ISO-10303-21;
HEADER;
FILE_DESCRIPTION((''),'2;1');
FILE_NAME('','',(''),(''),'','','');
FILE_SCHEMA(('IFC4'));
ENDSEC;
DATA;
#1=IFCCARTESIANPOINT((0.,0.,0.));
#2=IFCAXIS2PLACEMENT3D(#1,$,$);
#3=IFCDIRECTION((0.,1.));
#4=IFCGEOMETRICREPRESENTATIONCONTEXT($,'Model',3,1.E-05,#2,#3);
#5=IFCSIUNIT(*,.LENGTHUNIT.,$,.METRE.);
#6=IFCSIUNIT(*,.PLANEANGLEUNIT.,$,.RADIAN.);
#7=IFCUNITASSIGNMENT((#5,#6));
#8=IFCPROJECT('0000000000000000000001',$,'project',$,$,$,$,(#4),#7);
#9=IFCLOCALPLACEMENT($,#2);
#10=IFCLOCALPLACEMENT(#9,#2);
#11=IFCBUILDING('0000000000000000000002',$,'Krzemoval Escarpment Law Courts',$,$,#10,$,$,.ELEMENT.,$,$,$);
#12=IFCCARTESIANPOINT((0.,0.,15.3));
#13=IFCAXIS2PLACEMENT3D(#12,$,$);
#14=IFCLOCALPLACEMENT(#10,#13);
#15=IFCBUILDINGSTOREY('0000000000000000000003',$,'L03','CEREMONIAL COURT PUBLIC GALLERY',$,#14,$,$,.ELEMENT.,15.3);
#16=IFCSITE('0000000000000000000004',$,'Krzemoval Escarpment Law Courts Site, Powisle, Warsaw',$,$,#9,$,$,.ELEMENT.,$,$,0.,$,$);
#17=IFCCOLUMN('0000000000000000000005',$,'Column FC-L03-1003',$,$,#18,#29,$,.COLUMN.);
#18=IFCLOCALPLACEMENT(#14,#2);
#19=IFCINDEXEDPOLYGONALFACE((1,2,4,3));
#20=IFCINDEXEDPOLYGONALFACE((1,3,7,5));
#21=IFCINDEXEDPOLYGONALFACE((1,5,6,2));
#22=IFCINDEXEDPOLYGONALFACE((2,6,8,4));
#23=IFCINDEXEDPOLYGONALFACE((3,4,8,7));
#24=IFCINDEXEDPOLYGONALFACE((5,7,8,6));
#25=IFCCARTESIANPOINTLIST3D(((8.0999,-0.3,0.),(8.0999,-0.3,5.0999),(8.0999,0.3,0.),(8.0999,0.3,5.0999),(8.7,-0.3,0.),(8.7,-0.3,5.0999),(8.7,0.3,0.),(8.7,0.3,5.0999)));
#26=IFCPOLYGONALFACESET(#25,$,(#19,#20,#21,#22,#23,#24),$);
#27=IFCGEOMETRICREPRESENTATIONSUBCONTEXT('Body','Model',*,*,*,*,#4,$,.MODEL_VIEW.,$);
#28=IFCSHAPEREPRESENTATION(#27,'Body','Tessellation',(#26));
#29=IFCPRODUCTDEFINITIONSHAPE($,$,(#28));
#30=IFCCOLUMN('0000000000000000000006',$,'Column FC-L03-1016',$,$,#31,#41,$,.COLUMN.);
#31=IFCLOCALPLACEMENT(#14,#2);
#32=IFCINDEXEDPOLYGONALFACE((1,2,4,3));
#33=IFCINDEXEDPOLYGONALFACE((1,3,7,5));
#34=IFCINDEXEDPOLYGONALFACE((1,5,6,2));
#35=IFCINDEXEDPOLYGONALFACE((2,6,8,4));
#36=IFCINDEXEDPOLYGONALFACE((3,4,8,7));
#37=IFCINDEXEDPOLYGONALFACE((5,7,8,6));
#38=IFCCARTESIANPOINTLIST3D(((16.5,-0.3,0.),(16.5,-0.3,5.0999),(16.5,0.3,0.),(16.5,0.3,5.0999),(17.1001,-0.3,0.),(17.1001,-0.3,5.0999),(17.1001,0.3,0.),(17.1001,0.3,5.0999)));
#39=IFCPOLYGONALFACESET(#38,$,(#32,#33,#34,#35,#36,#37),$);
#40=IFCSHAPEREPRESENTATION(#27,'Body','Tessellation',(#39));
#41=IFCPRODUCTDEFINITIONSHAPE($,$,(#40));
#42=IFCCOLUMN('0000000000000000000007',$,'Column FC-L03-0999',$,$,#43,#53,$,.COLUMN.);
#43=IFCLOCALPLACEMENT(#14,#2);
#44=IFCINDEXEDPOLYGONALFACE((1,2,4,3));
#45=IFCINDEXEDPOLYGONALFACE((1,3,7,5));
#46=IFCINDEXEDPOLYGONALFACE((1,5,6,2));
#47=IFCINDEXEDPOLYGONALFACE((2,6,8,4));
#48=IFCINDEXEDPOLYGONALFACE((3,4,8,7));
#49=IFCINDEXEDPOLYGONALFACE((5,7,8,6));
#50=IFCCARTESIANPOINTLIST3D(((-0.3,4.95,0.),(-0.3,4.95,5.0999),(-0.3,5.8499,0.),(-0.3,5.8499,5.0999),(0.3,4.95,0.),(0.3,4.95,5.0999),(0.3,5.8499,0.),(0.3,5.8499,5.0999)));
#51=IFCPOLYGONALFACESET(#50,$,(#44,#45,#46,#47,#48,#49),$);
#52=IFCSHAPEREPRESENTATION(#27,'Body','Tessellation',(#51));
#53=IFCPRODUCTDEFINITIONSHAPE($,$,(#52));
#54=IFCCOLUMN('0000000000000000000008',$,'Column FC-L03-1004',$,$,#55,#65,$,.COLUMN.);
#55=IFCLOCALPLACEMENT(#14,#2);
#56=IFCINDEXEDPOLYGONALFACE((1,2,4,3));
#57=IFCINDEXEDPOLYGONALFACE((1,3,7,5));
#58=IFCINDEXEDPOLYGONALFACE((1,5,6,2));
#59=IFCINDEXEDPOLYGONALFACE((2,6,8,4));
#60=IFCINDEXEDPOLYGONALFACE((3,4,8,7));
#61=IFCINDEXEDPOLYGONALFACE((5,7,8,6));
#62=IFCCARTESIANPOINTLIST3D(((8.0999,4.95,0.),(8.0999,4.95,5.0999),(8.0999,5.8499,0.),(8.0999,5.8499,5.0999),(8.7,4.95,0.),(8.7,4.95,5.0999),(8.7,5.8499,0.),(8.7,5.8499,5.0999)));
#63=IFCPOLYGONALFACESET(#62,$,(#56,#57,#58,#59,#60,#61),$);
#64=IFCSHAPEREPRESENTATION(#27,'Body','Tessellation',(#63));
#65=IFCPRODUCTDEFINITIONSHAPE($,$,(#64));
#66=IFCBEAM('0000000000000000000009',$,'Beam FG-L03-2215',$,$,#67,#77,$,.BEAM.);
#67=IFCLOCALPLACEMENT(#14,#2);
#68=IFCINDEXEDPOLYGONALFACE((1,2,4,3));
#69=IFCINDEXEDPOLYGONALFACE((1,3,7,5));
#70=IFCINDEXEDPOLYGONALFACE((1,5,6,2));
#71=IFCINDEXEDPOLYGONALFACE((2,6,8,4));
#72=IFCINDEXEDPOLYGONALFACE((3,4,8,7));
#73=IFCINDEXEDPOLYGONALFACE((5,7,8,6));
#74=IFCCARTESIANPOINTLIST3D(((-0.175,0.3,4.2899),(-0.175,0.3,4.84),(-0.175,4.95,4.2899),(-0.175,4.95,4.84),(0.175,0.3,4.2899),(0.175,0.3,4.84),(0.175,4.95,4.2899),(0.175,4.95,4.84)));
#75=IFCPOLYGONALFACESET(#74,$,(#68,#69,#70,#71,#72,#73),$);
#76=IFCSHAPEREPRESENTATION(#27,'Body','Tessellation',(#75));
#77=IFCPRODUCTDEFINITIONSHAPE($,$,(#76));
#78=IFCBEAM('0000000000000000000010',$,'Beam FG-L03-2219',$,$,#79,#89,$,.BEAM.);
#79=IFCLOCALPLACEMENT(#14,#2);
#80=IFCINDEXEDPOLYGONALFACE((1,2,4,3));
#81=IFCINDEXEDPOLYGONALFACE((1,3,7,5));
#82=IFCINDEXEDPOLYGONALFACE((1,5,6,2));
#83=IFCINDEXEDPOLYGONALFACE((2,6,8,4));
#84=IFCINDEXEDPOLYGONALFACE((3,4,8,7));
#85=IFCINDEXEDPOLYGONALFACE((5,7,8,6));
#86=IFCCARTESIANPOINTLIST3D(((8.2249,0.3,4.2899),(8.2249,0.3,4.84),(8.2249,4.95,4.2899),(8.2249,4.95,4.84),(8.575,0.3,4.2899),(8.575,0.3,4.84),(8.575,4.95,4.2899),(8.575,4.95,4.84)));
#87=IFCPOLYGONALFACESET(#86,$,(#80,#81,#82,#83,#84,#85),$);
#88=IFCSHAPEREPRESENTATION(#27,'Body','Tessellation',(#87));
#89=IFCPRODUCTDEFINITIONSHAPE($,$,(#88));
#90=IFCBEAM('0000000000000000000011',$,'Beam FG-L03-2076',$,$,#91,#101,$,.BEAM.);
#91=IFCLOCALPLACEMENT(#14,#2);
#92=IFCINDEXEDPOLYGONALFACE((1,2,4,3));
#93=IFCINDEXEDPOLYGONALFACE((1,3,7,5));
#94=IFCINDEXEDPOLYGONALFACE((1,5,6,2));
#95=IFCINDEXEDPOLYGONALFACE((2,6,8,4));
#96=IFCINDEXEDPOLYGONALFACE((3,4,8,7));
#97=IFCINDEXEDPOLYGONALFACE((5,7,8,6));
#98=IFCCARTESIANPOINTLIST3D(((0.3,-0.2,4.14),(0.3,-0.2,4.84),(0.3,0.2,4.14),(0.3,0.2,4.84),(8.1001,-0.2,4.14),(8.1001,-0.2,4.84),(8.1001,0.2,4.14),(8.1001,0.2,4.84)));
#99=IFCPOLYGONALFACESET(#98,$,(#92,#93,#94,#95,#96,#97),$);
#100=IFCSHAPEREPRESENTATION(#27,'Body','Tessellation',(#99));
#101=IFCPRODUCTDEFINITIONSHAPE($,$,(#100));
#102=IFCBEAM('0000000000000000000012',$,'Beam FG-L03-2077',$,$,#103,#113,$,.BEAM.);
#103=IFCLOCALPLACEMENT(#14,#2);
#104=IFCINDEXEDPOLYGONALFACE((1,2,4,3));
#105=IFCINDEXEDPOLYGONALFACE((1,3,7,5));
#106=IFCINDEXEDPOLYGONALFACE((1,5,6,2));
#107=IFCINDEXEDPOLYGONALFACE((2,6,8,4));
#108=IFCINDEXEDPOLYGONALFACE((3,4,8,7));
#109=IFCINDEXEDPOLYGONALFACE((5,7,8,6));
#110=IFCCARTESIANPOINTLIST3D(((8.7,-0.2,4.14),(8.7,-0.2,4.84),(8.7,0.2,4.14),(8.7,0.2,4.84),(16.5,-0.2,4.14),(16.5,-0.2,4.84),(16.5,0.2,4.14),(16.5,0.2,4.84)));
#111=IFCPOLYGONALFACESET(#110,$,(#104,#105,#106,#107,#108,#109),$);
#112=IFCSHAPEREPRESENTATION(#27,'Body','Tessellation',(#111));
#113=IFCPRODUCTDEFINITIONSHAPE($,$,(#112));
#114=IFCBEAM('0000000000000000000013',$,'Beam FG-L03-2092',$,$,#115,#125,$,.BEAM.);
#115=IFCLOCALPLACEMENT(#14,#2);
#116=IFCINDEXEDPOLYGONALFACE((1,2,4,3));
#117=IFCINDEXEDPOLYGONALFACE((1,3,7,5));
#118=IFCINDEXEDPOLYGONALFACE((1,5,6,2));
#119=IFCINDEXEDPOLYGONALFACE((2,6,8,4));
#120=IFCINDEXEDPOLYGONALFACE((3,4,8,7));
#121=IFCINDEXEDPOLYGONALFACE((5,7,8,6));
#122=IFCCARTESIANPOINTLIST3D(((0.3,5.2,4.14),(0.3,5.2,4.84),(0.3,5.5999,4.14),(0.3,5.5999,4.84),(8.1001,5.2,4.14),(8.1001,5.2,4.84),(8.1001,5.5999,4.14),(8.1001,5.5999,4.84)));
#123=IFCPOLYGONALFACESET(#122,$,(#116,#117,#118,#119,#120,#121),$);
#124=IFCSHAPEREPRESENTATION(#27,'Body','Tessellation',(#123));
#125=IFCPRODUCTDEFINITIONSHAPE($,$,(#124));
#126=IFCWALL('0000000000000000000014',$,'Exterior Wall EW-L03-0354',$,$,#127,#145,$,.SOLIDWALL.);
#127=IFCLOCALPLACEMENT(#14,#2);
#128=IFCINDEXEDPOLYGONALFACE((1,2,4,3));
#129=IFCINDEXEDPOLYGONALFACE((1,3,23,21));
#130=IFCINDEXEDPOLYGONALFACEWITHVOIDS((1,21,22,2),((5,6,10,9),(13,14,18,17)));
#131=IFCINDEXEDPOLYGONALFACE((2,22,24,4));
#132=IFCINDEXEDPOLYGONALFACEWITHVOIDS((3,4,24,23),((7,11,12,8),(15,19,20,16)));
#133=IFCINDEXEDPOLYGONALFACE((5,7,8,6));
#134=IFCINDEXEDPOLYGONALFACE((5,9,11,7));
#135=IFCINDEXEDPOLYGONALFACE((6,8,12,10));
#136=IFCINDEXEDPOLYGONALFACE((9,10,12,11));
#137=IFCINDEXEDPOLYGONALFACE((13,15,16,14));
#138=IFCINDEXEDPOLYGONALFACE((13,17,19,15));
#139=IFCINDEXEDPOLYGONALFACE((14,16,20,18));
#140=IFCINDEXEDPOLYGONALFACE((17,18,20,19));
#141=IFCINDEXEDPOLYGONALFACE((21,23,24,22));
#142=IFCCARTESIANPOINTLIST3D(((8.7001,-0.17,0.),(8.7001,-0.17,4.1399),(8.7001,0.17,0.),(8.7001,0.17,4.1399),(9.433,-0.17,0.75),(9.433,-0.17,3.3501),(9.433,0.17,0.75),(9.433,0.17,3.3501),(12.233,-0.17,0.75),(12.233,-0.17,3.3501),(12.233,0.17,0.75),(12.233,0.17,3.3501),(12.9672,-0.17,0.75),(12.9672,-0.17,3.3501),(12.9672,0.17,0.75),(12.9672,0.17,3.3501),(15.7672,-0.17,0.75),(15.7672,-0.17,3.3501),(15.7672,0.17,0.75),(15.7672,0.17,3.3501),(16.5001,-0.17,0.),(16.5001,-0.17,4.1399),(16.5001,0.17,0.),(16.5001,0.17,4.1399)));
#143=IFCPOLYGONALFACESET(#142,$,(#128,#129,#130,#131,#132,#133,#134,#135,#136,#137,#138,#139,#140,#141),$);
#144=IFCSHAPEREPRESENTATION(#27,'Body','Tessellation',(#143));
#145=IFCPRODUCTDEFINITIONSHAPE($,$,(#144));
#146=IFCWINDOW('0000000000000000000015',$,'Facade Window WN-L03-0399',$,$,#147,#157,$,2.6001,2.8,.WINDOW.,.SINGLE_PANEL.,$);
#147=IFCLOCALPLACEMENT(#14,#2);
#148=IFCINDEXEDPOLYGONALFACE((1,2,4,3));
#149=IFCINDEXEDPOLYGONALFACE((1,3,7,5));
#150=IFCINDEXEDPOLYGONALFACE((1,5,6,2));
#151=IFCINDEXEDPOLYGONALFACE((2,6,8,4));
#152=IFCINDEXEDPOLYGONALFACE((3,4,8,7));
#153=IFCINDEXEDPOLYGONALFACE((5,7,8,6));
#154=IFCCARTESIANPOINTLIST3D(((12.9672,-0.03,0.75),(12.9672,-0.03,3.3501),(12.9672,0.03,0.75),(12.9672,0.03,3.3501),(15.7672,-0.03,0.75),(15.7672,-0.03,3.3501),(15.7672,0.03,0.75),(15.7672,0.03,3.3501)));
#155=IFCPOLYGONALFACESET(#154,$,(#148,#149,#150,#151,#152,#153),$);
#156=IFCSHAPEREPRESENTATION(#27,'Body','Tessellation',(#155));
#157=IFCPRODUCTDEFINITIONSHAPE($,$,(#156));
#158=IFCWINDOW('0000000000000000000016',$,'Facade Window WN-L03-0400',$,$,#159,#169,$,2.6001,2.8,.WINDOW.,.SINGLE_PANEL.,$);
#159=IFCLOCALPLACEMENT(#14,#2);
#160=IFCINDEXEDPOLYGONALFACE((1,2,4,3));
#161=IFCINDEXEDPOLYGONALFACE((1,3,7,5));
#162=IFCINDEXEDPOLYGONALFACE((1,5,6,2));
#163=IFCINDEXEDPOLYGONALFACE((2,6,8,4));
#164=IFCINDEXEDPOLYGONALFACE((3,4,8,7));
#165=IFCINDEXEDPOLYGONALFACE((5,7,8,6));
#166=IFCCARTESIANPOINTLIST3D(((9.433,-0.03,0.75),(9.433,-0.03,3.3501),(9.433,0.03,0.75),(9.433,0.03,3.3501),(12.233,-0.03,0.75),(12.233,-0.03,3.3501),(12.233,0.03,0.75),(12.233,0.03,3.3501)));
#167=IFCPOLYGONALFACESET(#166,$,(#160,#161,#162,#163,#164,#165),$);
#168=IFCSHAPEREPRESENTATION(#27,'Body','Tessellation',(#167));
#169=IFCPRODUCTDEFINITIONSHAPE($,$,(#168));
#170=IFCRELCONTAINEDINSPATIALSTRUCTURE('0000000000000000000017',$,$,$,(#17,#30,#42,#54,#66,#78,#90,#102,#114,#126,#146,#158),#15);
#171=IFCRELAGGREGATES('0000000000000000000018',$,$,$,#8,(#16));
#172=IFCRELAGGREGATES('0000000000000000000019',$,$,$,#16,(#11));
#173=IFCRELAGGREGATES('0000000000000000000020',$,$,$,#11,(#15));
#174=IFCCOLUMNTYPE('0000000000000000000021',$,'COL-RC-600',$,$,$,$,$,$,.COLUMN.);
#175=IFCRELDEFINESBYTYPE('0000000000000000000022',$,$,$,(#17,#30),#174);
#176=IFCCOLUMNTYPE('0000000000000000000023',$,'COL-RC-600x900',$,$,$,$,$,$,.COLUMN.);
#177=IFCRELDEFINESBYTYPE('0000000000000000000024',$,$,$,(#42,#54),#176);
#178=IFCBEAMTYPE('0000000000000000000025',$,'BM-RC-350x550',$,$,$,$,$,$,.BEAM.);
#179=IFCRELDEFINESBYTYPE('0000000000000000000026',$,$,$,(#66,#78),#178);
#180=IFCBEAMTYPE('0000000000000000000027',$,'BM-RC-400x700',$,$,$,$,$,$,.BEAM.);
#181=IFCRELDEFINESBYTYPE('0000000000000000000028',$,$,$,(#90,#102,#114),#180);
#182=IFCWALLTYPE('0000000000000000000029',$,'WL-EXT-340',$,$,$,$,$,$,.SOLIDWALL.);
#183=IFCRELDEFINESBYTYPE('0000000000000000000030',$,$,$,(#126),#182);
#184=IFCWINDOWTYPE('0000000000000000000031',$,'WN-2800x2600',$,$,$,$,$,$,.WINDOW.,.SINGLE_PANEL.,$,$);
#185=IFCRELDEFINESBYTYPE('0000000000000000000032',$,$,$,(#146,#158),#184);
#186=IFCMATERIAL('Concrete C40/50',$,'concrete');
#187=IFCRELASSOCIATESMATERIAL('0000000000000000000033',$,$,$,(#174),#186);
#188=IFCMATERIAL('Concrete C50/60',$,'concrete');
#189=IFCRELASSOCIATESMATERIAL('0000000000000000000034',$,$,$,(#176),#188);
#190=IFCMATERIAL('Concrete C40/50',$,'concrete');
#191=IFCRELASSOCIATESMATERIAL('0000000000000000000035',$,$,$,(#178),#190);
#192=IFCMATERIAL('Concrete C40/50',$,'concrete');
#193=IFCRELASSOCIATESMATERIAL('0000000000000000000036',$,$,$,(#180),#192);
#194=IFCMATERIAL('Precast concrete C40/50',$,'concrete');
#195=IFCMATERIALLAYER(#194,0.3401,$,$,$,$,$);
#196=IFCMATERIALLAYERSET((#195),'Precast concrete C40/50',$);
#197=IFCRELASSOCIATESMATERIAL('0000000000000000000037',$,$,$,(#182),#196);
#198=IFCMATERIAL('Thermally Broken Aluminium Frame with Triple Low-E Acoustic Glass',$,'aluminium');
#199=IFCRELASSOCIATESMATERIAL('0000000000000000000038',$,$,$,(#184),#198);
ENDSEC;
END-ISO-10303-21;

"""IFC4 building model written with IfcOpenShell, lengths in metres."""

from ifc_helpers import new_model, si_unit, direction, frame, frame_2d, origin, origin_2d, place, context, subcontext, project, spatial, rectangle, extrude, material, layer, layer_set, material_profile, profile_set, type_object, element, fill, save


model = new_model("IFC4")

# Units and contexts
model_context = context("Model", 3, precision=1e-05, world=origin(), true_north=direction((0.0, 1.0)))
body_context = subcontext(model_context, "Body", "Model", "MODEL_VIEW")
ifc_project = project(units=[si_unit("LENGTHUNIT", "METRE"), si_unit("PLANEANGLEUNIT", "RADIAN")], contexts=[model_context])

# Site, building, storey
site_placement = place(None, origin())
site = spatial("IfcSite", under=ifc_project, at=site_placement, Name="Krzemoval Escarpment Law Courts Site, Powisle, Warsaw", CompositionType="ELEMENT", RefElevation=0.0)
building_placement = place(site_placement, origin())
building = spatial("IfcBuilding", under=site, at=building_placement, Name="Krzemoval Escarpment Law Courts", CompositionType="ELEMENT")
storey_placement = place(building_placement, frame((0.0, 0.0, 15.3)))
storey = spatial("IfcBuildingStorey", under=building, at=storey_placement, Name="L03", Description="CEREMONIAL COURT PUBLIC GALLERY", CompositionType="ELEMENT", Elevation=15.3)

# Columns
ifc_material_1 = material(Name="Concrete C40/50", Category="concrete")
ifc_material_profile_1 = material_profile(ifc_material_1, rectangle(XDim=0.6001, YDim=0.6001, at=origin_2d()), Name="RC 600x600")
ifc_profile_set_1 = profile_set([ifc_material_profile_1], Name="Concrete C40/50")
column_type_1 = type_object("IfcColumnType", Name="COL-RC-600", PredefinedType="COLUMN", material=ifc_profile_set_1)
for number, where, z_axis, x_axis, name in (
    (1, (8.3999, 0.0, 0.0), (0.0, 0.0, 1.0), (1.0, 0.0, 0.0), "Column FC-L03-1003"),
    (2, (16.8, 0.0, 0.0), (0.0, 0.0, 1.0), (1.0, 0.0, 0.0), "Column FC-L03-1016"),
):
    element("IfcColumn", number, at=place(storey_placement, frame(where, z_axis=z_axis, x_axis=x_axis)), inside=storey, type_object=column_type_1, Name=name, PredefinedType="COLUMN", context=body_context, shape_type="SweptSolid", body=[
        extrude(rectangle(XDim=0.6001, YDim=0.6001, at=origin_2d()), origin(), (0.0, 0.0, 1.0), 5.0999),
    ])
ifc_material_2 = material(Name="Concrete C50/60", Category="concrete")
ifc_material_profile_2 = material_profile(ifc_material_2, rectangle(XDim=0.6001, YDim=0.8999, at=origin_2d()), Name="RC 600x900")
ifc_profile_set_2 = profile_set([ifc_material_profile_2], Name="Concrete C50/60")
column_type_2 = type_object("IfcColumnType", Name="COL-RC-600x900", PredefinedType="COLUMN", material=ifc_profile_set_2)
for number, where, z_axis, x_axis, name in (
    (3, (0.0, 5.3999, 0.0), (0.0, 0.0, 1.0), (1.0, 0.0, 0.0), "Column FC-L03-0999"),
    (4, (8.3999, 5.3999, 0.0), (0.0, 0.0, 1.0), (1.0, 0.0, 0.0), "Column FC-L03-1004"),
):
    element("IfcColumn", number, at=place(storey_placement, frame(where, z_axis=z_axis, x_axis=x_axis)), inside=storey, type_object=column_type_2, Name=name, PredefinedType="COLUMN", context=body_context, shape_type="SweptSolid", body=[
        extrude(rectangle(XDim=0.6001, YDim=0.8999, at=origin_2d()), origin(), (0.0, 0.0, 1.0), 5.0999),
    ])

# Beams
ifc_material_3 = material(Name="Concrete C40/50", Category="concrete")
ifc_material_profile_3 = material_profile(ifc_material_3, rectangle(XDim=0.3501, YDim=0.55, at=origin_2d()), Name="RCB 350x550")
ifc_profile_set_3 = profile_set([ifc_material_profile_3], Name="Concrete C40/50")
beam_type_1 = type_object("IfcBeamType", Name="BM-RC-350x550", PredefinedType="BEAM", material=ifc_profile_set_3)
for number, where, z_axis, x_axis, name in (
    (5, (0.0, 0.3, 4.5649), (0.0, 1.0, 0.0), (-1.0, 0.0, 0.0), "Beam FG-L03-2215"),
    (6, (8.3999, 0.3, 4.5649), (0.0, 1.0, 0.0), (-1.0, 0.0, 0.0), "Beam FG-L03-2219"),
):
    element("IfcBeam", number, at=place(storey_placement, frame(where, z_axis=z_axis, x_axis=x_axis)), inside=storey, type_object=beam_type_1, Name=name, PredefinedType="BEAM", context=body_context, shape_type="SweptSolid", body=[
        extrude(rectangle(XDim=0.3501, YDim=0.55, at=origin_2d()), origin(), (0.0, 0.0, 1.0), 4.6499),
    ])
ifc_material_4 = material(Name="Concrete C40/50", Category="concrete")
ifc_material_profile_4 = material_profile(ifc_material_4, rectangle(XDim=0.3999, YDim=0.7, at=origin_2d()), Name="RCB 400x700")
ifc_profile_set_4 = profile_set([ifc_material_profile_4], Name="Concrete C40/50")
beam_type_2 = type_object("IfcBeamType", Name="BM-RC-400x700", PredefinedType="BEAM", material=ifc_profile_set_4)
for number, where, z_axis, x_axis, name in (
    (7, (0.3, 0.0, 4.49), (1.0, 0.0, 0.0), (0.0, 1.0, 0.0), "Beam FG-L03-2076"),
    (8, (8.7, 0.0, 4.49), (1.0, 0.0, 0.0), (0.0, 1.0, 0.0), "Beam FG-L03-2077"),
    (9, (0.3, 5.3999, 4.49), (1.0, 0.0, 0.0), (0.0, 1.0, 0.0), "Beam FG-L03-2092"),
):
    element("IfcBeam", number, at=place(storey_placement, frame(where, z_axis=z_axis, x_axis=x_axis)), inside=storey, type_object=beam_type_2, Name=name, PredefinedType="BEAM", context=body_context, shape_type="SweptSolid", body=[
        extrude(rectangle(XDim=0.3999, YDim=0.7, at=origin_2d()), origin(), (0.0, 0.0, 1.0), 7.8),
    ])

# Wall, openings, windows
ifc_material_5 = material(Name="Precast concrete C40/50", Category="concrete")
ifc_layer_1 = layer(ifc_material_5, 0.3401)
ifc_layer_set_1 = layer_set([ifc_layer_1], Name="Precast concrete C40/50")
wall_type = type_object("IfcWallType", Name="WL-EXT-340", PredefinedType="SOLIDWALL", material=ifc_layer_set_1)
wall_1_placement = place(storey_placement, frame((16.5, 0.0, 0.0), z_axis=(0.0, 0.0, 1.0), x_axis=(-1.0, 0.0, 0.0)))
wall_1 = element("IfcWall", 10, at=wall_1_placement, inside=storey, type_object=wall_type, Name="Exterior Wall EW-L03-0354", PredefinedType="SOLIDWALL", context=body_context, shape_type="SweptSolid", body=[
    extrude(rectangle(XDim=7.8, YDim=0.3401, at=frame_2d((3.8999, 0.0))), origin(), (0.0, 0.0, 1.0), 4.1399),
])
opening_1_placement = place(wall_1_placement, frame((0.7329, 0.0, 0.75)))
opening_1 = element("IfcOpeningElement", 11, at=opening_1_placement, cuts=wall_1, PredefinedType="OPENING", context=body_context, shape_type="SweptSolid", body=[
    extrude(rectangle(XDim=2.8, YDim=2.6001, at=frame_2d((1.3999, 1.3))), frame((0.0, 0.185, 0.0), z_axis=(0.0, -1.0, 0.0), x_axis=(1.0, 0.0, 0.0)), (0.0, 0.0, 1.0), 0.3701),
])
opening_2_placement = place(wall_1_placement, frame((4.2671, 0.0, 0.75)))
opening_2 = element("IfcOpeningElement", 12, at=opening_2_placement, cuts=wall_1, PredefinedType="OPENING", context=body_context, shape_type="SweptSolid", body=[
    extrude(rectangle(XDim=2.8, YDim=2.6001, at=frame_2d((1.3999, 1.3))), frame((0.0, 0.185, 0.0), z_axis=(0.0, -1.0, 0.0), x_axis=(1.0, 0.0, 0.0)), (0.0, 0.0, 1.0), 0.3701),
])
ifc_material_6 = material(Name="Thermally Broken Aluminium Frame with Triple Low-E Acoustic Glass", Category="aluminium")
window_type = type_object("IfcWindowType", Name="WN-2800x2600", PartitioningType="SINGLE_PANEL", PredefinedType="WINDOW", material=ifc_material_6)
window_1_placement = place(opening_1_placement, origin())
window_1 = element("IfcWindow", 13, at=window_1_placement, inside=storey, type_object=window_type, Name="Facade Window WN-L03-0399", OverallHeight=2.6001, OverallWidth=2.8, PartitioningType="SINGLE_PANEL", PredefinedType="WINDOW", context=body_context, shape_type="SweptSolid", body=[
    extrude(rectangle(XDim=2.8, YDim=2.6001, at=frame_2d((1.3999, 1.3))), frame((0.0, 0.03, 0.0), z_axis=(0.0, -1.0, 0.0), x_axis=(1.0, 0.0, 0.0)), (0.0, 0.0, 1.0), 0.0601),
])
fill(opening_1, window_1)
window_2_placement = place(opening_2_placement, origin())
window_2 = element("IfcWindow", 14, at=window_2_placement, inside=storey, type_object=window_type, Name="Facade Window WN-L03-0400", OverallHeight=2.6001, OverallWidth=2.8, PartitioningType="SINGLE_PANEL", PredefinedType="WINDOW", context=body_context, shape_type="SweptSolid", body=[
    extrude(rectangle(XDim=2.8, YDim=2.6001, at=frame_2d((1.3999, 1.3))), frame((0.0, 0.03, 0.0), z_axis=(0.0, -1.0, 0.0), x_axis=(1.0, 0.0, 0.0)), (0.0, 0.0, 1.0), 0.0601),
])
fill(opening_2, window_2)

save(model, "model.ifc")
